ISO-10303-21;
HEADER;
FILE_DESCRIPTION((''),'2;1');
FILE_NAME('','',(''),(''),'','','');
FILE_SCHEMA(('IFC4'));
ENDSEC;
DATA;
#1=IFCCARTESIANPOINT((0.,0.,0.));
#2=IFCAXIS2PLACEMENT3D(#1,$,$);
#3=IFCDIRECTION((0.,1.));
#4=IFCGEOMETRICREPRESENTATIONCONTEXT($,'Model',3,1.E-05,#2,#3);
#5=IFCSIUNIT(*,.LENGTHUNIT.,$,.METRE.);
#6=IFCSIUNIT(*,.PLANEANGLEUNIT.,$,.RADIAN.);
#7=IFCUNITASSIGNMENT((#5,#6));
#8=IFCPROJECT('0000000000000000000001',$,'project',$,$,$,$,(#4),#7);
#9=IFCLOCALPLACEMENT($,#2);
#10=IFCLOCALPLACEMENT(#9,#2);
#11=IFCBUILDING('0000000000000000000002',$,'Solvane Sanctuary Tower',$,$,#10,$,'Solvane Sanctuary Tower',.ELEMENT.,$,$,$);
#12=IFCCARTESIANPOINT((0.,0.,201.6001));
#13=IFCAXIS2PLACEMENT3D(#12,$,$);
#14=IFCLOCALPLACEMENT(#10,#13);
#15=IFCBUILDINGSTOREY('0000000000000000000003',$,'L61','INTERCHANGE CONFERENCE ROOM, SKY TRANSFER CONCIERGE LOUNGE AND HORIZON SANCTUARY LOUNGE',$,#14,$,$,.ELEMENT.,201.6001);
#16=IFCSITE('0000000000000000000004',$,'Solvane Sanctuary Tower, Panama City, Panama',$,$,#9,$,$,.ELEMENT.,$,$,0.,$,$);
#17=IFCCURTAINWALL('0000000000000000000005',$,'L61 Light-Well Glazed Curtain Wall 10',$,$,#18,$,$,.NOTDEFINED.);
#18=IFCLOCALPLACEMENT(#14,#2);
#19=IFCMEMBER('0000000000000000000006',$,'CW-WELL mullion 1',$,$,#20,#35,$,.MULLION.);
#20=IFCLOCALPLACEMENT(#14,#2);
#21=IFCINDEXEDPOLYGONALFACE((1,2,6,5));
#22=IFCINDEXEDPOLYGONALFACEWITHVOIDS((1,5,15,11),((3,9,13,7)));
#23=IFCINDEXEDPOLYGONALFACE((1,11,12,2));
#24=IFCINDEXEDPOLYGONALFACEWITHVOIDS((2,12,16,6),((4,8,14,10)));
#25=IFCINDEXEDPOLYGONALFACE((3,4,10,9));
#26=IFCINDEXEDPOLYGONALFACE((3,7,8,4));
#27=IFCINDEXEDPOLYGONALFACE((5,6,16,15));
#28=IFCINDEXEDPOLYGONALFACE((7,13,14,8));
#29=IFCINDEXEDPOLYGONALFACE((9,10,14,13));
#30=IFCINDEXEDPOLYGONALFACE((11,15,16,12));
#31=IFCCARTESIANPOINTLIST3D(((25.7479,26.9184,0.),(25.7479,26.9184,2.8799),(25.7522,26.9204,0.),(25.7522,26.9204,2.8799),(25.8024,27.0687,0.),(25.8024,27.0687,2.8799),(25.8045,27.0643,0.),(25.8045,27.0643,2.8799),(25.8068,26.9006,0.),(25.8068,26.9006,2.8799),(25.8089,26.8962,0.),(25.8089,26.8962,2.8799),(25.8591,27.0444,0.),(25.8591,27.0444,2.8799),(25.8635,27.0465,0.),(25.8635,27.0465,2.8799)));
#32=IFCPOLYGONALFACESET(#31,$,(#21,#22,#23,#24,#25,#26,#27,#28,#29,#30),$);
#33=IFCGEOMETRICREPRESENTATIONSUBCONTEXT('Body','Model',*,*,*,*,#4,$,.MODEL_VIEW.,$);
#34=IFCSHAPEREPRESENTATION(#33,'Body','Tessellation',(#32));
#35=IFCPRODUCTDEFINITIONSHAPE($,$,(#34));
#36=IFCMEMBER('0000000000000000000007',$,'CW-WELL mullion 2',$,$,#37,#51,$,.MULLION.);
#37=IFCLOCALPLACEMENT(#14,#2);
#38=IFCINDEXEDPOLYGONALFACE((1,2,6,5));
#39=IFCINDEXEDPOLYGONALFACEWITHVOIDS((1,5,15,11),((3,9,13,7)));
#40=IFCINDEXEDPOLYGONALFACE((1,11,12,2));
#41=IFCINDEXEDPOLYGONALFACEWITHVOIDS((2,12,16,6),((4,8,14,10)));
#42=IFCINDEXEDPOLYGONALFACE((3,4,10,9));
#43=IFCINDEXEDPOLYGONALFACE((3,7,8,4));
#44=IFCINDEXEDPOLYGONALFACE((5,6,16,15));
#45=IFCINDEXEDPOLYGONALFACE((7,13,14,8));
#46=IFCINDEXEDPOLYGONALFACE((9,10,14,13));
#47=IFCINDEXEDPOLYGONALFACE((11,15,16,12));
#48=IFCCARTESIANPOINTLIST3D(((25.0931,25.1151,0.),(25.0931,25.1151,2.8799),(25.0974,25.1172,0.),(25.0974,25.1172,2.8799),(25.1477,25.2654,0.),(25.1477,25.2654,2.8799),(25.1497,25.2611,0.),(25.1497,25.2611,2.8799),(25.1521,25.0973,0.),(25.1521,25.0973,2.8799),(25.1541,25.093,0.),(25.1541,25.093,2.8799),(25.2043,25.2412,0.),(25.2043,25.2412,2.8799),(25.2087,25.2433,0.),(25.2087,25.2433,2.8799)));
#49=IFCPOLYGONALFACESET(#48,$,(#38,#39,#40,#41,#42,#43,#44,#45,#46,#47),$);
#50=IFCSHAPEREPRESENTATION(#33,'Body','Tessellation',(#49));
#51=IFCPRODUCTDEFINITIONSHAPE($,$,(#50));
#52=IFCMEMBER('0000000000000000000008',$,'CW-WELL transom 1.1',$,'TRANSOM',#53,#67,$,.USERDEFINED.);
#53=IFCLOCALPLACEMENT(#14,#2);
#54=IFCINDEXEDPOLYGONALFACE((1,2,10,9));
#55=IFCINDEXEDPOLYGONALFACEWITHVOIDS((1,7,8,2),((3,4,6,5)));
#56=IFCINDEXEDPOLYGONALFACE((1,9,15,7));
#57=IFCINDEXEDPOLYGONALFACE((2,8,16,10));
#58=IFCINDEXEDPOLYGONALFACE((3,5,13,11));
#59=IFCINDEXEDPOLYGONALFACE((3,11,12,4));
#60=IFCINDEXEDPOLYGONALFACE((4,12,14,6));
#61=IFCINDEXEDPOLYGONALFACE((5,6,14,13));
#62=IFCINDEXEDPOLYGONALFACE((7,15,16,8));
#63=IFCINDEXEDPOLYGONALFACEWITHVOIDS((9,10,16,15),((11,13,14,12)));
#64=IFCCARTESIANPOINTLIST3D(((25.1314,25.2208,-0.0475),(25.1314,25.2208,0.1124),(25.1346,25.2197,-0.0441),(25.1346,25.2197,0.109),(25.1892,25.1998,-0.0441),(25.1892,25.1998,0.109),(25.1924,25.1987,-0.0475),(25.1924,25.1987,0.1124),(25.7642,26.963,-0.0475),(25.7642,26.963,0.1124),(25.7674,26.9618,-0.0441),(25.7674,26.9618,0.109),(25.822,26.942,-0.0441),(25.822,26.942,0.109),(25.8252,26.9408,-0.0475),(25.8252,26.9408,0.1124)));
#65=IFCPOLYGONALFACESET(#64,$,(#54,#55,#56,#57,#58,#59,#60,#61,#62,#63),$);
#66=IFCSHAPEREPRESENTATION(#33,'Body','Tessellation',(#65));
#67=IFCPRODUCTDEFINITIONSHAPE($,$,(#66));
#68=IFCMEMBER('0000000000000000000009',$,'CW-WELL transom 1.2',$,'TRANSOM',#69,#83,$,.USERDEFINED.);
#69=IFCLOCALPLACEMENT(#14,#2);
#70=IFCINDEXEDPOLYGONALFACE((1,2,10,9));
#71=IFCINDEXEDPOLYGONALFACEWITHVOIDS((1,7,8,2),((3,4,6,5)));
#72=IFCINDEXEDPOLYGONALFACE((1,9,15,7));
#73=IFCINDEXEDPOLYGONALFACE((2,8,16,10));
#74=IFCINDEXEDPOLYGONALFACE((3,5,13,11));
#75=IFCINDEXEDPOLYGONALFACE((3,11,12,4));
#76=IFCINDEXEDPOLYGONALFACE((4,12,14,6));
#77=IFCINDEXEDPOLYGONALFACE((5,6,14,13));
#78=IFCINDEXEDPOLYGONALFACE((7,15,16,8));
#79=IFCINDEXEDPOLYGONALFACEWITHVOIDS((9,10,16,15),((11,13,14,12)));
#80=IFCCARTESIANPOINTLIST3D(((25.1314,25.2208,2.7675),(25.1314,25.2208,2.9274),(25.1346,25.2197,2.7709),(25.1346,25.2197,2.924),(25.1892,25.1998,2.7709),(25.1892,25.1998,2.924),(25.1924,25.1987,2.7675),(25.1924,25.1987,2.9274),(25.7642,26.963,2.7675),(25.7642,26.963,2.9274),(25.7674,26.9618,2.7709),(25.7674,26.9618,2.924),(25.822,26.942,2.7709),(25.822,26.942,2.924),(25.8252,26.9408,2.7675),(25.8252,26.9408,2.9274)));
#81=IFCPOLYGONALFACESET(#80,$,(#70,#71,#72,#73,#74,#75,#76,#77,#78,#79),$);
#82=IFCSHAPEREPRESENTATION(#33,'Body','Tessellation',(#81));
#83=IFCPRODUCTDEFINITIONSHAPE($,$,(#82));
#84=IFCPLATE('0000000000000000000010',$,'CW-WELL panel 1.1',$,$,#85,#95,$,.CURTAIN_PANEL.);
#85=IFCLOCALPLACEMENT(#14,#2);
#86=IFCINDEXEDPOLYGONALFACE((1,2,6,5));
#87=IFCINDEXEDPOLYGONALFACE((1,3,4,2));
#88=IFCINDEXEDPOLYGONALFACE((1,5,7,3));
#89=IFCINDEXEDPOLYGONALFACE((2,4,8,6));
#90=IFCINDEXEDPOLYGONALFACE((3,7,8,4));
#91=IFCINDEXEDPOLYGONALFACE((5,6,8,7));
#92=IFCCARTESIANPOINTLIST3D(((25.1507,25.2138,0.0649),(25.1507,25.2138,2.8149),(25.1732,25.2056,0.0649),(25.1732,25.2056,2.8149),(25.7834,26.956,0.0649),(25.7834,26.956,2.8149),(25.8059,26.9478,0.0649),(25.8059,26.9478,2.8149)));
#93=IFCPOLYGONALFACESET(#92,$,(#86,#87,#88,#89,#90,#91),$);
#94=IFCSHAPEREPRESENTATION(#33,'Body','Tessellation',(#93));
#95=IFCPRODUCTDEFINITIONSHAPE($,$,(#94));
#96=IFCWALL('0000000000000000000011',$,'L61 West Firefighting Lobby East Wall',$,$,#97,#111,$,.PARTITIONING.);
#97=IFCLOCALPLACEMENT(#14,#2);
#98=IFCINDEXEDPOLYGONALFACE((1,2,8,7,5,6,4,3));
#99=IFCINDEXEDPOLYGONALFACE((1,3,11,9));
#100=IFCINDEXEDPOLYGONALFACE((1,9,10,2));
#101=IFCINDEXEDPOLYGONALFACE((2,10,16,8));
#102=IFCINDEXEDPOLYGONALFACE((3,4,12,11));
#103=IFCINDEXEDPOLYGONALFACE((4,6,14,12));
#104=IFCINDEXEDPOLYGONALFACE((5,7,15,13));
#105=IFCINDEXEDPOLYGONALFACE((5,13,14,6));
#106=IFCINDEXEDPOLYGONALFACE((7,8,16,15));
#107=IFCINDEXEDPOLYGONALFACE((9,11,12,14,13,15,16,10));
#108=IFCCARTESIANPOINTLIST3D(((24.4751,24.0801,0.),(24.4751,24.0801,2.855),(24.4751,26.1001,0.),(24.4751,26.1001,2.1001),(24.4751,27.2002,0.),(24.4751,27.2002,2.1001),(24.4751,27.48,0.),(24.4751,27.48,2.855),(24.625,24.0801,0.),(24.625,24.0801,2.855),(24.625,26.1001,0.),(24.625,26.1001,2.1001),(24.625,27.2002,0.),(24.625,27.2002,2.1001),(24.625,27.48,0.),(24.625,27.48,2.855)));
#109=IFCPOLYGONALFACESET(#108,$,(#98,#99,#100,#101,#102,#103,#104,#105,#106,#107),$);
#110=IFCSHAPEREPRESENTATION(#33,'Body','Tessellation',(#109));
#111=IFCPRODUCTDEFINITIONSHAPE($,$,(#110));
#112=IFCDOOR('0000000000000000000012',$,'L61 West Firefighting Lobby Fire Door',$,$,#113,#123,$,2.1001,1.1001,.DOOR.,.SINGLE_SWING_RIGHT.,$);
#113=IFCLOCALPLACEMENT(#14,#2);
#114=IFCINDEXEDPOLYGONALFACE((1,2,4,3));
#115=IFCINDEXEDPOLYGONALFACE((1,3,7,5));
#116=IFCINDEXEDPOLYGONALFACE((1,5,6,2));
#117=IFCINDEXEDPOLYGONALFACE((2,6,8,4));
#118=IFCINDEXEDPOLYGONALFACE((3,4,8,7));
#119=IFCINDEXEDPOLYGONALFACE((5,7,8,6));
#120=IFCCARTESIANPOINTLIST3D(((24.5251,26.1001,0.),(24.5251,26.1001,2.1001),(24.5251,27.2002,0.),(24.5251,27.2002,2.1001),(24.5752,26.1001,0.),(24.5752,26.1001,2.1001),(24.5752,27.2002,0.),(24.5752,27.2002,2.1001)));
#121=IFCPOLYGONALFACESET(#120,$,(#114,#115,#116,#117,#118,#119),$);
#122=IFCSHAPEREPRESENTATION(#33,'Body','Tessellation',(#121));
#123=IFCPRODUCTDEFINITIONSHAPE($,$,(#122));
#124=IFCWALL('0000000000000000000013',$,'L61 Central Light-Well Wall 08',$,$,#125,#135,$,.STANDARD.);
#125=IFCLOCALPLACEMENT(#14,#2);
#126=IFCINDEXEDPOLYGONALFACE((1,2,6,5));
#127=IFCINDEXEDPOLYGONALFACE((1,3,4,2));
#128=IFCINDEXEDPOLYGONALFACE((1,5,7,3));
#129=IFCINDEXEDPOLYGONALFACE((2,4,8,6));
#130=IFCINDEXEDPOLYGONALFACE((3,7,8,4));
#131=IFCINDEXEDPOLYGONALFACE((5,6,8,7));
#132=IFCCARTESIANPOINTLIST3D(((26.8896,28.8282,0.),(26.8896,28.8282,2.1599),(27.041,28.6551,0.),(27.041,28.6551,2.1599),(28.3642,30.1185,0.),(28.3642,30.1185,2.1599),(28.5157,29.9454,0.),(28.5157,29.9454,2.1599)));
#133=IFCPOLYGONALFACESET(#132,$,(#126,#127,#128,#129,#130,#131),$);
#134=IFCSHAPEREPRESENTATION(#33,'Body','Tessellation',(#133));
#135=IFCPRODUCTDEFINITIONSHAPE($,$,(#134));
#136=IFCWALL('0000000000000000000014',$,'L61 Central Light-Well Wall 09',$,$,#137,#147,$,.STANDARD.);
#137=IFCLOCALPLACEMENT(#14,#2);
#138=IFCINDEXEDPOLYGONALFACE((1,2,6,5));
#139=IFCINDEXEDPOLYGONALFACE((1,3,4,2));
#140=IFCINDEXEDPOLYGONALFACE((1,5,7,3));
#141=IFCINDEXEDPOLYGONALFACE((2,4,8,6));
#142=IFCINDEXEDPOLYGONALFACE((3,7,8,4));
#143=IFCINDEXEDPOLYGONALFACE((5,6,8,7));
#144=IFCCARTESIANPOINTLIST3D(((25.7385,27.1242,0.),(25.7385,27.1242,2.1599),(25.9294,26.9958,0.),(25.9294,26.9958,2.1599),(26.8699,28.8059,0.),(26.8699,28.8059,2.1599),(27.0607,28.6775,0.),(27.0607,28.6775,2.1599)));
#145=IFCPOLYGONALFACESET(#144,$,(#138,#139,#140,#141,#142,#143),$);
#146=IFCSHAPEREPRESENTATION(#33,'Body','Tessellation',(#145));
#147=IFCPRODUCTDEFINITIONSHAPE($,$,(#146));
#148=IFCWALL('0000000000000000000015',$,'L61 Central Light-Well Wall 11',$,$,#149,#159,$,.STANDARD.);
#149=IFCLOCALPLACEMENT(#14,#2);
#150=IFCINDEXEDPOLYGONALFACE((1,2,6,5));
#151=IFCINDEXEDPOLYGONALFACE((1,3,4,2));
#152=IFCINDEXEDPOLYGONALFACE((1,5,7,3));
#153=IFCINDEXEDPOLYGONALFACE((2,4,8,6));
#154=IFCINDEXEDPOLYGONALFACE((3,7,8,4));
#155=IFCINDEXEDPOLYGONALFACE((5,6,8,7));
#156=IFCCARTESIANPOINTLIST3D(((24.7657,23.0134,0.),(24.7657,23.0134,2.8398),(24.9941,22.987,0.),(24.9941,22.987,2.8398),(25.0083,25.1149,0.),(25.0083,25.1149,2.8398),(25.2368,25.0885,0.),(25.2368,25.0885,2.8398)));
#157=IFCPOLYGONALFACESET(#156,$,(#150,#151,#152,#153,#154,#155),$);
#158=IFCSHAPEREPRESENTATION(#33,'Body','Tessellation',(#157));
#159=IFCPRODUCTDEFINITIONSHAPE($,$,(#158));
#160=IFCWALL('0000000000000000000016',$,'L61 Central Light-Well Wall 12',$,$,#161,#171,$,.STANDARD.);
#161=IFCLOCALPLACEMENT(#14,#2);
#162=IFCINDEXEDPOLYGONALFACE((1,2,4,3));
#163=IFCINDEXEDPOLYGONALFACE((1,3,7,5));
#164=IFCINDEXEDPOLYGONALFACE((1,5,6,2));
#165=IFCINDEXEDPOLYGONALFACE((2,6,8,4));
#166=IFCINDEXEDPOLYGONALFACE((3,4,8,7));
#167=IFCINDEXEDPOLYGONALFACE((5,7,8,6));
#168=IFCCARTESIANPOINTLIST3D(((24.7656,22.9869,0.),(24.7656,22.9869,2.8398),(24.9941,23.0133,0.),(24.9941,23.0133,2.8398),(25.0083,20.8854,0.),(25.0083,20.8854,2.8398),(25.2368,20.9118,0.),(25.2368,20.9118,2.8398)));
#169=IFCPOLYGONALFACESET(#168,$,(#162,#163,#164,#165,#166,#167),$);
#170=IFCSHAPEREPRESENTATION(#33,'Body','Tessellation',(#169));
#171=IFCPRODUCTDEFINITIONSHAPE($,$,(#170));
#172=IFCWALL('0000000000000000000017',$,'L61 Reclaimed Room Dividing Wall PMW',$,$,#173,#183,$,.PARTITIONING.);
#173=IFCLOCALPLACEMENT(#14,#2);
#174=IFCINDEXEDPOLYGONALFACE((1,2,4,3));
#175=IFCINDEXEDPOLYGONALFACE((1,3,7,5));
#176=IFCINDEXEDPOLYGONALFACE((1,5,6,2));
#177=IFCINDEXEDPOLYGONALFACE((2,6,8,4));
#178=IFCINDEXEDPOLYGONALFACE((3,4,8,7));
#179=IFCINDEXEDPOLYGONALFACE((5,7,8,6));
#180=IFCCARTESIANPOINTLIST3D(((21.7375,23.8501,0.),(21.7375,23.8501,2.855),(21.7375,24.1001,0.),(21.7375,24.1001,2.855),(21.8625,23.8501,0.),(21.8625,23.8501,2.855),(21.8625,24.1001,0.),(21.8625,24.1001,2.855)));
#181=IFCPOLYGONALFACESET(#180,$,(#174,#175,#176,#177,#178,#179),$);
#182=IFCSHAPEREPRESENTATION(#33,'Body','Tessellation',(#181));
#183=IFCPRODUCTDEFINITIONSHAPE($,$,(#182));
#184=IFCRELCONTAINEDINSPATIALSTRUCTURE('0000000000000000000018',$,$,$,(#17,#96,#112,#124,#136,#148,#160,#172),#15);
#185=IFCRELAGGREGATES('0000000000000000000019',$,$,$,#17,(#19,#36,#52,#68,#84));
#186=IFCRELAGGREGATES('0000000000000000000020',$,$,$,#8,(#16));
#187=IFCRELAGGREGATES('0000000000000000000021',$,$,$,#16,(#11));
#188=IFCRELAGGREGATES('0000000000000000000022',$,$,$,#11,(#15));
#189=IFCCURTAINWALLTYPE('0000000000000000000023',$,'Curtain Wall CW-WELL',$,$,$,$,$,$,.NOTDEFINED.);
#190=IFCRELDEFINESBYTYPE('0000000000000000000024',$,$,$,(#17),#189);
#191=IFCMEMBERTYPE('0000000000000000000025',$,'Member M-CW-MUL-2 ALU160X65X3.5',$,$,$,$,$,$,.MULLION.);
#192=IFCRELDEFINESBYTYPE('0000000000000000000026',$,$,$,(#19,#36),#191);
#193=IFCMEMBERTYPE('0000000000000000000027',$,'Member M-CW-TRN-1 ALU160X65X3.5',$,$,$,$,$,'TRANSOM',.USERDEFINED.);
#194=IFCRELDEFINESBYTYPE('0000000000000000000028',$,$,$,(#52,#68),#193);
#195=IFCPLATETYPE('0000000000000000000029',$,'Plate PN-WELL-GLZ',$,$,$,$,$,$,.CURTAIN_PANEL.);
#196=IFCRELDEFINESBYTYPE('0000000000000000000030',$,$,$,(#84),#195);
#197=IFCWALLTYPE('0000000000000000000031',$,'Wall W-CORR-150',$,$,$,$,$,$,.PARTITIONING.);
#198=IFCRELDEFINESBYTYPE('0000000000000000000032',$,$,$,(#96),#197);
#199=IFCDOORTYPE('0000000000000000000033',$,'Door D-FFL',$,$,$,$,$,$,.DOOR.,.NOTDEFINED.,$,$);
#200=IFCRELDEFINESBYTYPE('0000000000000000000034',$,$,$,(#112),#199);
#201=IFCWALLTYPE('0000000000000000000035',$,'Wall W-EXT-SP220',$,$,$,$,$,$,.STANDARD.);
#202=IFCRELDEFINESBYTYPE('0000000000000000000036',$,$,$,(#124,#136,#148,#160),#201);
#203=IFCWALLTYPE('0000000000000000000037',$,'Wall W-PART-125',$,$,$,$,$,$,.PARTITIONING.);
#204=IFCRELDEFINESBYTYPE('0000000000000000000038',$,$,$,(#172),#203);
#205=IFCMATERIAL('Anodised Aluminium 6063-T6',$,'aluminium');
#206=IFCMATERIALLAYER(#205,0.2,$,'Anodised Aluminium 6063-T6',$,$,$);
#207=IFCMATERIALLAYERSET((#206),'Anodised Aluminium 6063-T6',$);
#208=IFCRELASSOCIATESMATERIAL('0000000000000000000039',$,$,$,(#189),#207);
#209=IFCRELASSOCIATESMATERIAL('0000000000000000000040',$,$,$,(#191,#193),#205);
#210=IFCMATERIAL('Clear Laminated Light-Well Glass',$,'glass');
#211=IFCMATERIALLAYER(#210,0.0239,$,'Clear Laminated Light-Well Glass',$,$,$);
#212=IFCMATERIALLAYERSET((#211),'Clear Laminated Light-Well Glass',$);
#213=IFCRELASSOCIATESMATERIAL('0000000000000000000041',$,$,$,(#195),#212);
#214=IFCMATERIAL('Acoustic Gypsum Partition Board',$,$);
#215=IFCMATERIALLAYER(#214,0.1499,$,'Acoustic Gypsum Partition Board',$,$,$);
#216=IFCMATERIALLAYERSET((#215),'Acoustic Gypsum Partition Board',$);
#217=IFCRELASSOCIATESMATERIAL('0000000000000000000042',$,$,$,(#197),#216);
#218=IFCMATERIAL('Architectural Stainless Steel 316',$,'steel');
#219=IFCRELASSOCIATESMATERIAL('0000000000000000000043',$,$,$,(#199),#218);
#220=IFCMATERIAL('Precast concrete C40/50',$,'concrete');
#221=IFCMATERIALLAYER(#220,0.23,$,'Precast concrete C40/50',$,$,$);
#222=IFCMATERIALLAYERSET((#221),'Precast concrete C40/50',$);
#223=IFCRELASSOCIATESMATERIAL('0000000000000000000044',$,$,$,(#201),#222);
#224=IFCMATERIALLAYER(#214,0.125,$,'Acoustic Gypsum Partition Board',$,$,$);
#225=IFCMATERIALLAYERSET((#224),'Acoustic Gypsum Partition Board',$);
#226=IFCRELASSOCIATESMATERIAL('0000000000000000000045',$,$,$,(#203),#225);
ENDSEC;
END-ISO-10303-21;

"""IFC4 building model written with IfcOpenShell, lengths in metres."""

from ifc_helpers import new_model, si_unit, direction, frame, frame_2d, origin, origin_2d, place, context, subcontext, project, spatial, rectangle, hollow_rectangle, extrude, material, layer, layer_set, material_profile, profile_set, type_object, element, fill, aggregate, save


model = new_model("IFC4")

# Units and contexts
model_context = context("Model", 3, precision=1e-05, world=origin(), true_north=direction((0.0, 1.0)))
body_context = subcontext(model_context, "Body", "Model", "MODEL_VIEW")
ifc_project = project(units=[si_unit("LENGTHUNIT", "METRE"), si_unit("PLANEANGLEUNIT", "RADIAN")], contexts=[model_context])

# Site, building, storey
site_placement = place(None, origin())
site = spatial("IfcSite", under=ifc_project, at=site_placement, Name="Solvane Sanctuary Tower, Panama City, Panama", CompositionType="ELEMENT", RefElevation=0.0)
building_placement = place(site_placement, origin())
building = spatial("IfcBuilding", under=site, at=building_placement, Name="Solvane Sanctuary Tower", LongName="Solvane Sanctuary Tower", CompositionType="ELEMENT")
storey_placement = place(building_placement, frame((0.0, 0.0, 201.6001)))
storey = spatial("IfcBuildingStorey", under=building, at=storey_placement, Name="L61", Description="INTERCHANGE CONFERENCE ROOM, SKY TRANSFER CONCIERGE LOUNGE AND HORIZON SANCTUARY LOUNGE", CompositionType="ELEMENT", Elevation=201.6001)

# Curtain wall, members, plate
ifc_material_1 = material(Name="Anodised Aluminium 6063-T6", Category="aluminium")
ifc_layer_1 = layer(ifc_material_1, 0.2, Name="Anodised Aluminium 6063-T6")
ifc_layer_set_1 = layer_set([ifc_layer_1], Name="Anodised Aluminium 6063-T6")
curtain_wall_type = type_object("IfcCurtainWallType", Name="Curtain Wall CW-WELL", PredefinedType="NOTDEFINED", material=ifc_layer_set_1)
curtain_wall_placement = place(storey_placement, origin())
curtain_wall = element("IfcCurtainWall", 1, at=curtain_wall_placement, inside=storey, type_object=curtain_wall_type, Name="L61 Light-Well Glazed Curtain Wall 10", PredefinedType="NOTDEFINED")
ifc_material_profile_1 = material_profile(ifc_material_1, hollow_rectangle(XDim=0.0649, YDim=0.1599, WallThickness=0.0034, at=origin_2d()), Name="ALU160X65X3.5")
ifc_profile_set_1 = profile_set([ifc_material_profile_1], Name="Anodised Aluminium 6063-T6")
member_type_1 = type_object("IfcMemberType", Name="Member M-CW-MUL-2 ALU160X65X3.5", PredefinedType="MULLION", material=ifc_profile_set_1)
member_1_placement = place(storey_placement, frame((25.8057, 26.9824, 0.0), z_axis=(0.0, 0.0, 1.0), x_axis=(0.939933, -0.341358, 0.0)))
member_1 = element("IfcMember", 2, at=member_1_placement, type_object=member_type_1, Name="CW-WELL mullion 1", PredefinedType="MULLION", context=body_context, shape_type="SweptSolid", body=[
    extrude(hollow_rectangle(XDim=0.0649, YDim=0.1599, WallThickness=0.0034, at=origin_2d()), origin(), (0.0, 0.0, 1.0), 2.8799),
])
member_2_placement = place(storey_placement, frame((25.1509, 25.1792, 0.0), z_axis=(0.0, 0.0, 1.0), x_axis=(0.939933, -0.341358, 0.0)))
member_2 = element("IfcMember", 3, at=member_2_placement, type_object=member_type_1, Name="CW-WELL mullion 2", PredefinedType="MULLION", context=body_context, shape_type="SweptSolid", body=[
    extrude(hollow_rectangle(XDim=0.0649, YDim=0.1599, WallThickness=0.0034, at=origin_2d()), origin(), (0.0, 0.0, 1.0), 2.8799),
])
ifc_material_profile_2 = material_profile(ifc_material_1, hollow_rectangle(XDim=0.0649, YDim=0.1599, WallThickness=0.0034, at=origin_2d()), Name="ALU160X65X3.5")
ifc_profile_set_2 = profile_set([ifc_material_profile_2], Name="Anodised Aluminium 6063-T6")
member_type_2 = type_object("IfcMemberType", Name="Member M-CW-TRN-1 ALU160X65X3.5", ElementType="TRANSOM", PredefinedType="USERDEFINED", material=ifc_profile_set_2)
member_3_placement = place(storey_placement, frame((25.7947, 26.9519, 0.0325), z_axis=(-0.341405, -0.939916, 0.0), x_axis=(0.939916, -0.341405, 0.0)))
member_3 = element("IfcMember", 4, at=member_3_placement, type_object=member_type_2, Name="CW-WELL transom 1.1", ObjectType="TRANSOM", PredefinedType="USERDEFINED", context=body_context, shape_type="SweptSolid", body=[
    extrude(hollow_rectangle(XDim=0.0649, YDim=0.1599, WallThickness=0.0034, at=origin_2d()), origin(), (0.0, 0.0, 1.0), 1.8535),
])
member_4_placement = place(storey_placement, frame((25.7947, 26.9519, 2.8474), z_axis=(-0.341405, -0.939916, 0.0), x_axis=(0.939916, -0.341405, 0.0)))
member_4 = element("IfcMember", 5, at=member_4_placement, type_object=member_type_2, Name="CW-WELL transom 1.2", ObjectType="TRANSOM", PredefinedType="USERDEFINED", context=body_context, shape_type="SweptSolid", body=[
    extrude(hollow_rectangle(XDim=0.0649, YDim=0.1599, WallThickness=0.0034, at=origin_2d()), origin(), (0.0, 0.0, 1.0), 1.8535),
])
ifc_material_2 = material(Name="Clear Laminated Light-Well Glass", Category="glass")
ifc_layer_2 = layer(ifc_material_2, 0.0239, Name="Clear Laminated Light-Well Glass")
ifc_layer_set_2 = layer_set([ifc_layer_2], Name="Clear Laminated Light-Well Glass")
plate_type = type_object("IfcPlateType", Name="Plate PN-WELL-GLZ", PredefinedType="CURTAIN_PANEL", material=ifc_layer_set_2)
plate_placement = place(storey_placement, frame((25.4783, 26.0808, 0.0649), z_axis=(0.0, 0.0, 1.0), x_axis=(-0.341358, -0.939933, 0.0)))
plate = element("IfcPlate", 6, at=plate_placement, type_object=plate_type, Name="CW-WELL panel 1.1", PredefinedType="CURTAIN_PANEL", context=body_context, shape_type="SweptSolid", body=[
    extrude(rectangle(XDim=1.8535, YDim=0.0239, at=origin_2d()), origin(), (0.0, 0.0, 1.0), 2.75),
])
aggregate(curtain_wall, [member_1, member_2, member_3, member_4, plate])

# Wall, opening, door
ifc_material_3 = material(Name="Acoustic Gypsum Partition Board")
ifc_layer_3 = layer(ifc_material_3, 0.1499, Name="Acoustic Gypsum Partition Board")
ifc_layer_set_3 = layer_set([ifc_layer_3], Name="Acoustic Gypsum Partition Board")
wall_type_1 = type_object("IfcWallType", Name="Wall W-CORR-150", PredefinedType="PARTITIONING", material=ifc_layer_set_3)
wall_1_placement = place(storey_placement, frame((24.55, 24.0801, 0.0), z_axis=(0.0, 0.0, 1.0), x_axis=(0.0, 1.0, 0.0)))
wall_1 = element("IfcWall", 7, at=wall_1_placement, inside=storey, type_object=wall_type_1, Name="L61 West Firefighting Lobby East Wall", PredefinedType="PARTITIONING", context=body_context, shape_type="SweptSolid", body=[
    extrude(rectangle(XDim=3.3999, YDim=0.1499, at=frame_2d((1.7, 0.0))), origin(), (0.0, 0.0, 1.0), 2.855),
])
opening_placement = place(wall_1_placement, frame((2.02, 0.0, 0.0)))
opening = element("IfcOpeningElement", 8, at=opening_placement, cuts=wall_1, PredefinedType="OPENING", context=body_context, shape_type="SweptSolid", body=[
    extrude(rectangle(XDim=1.1001, YDim=2.1001, at=frame_2d((0.55, 1.05))), frame((0.0, 0.085, 0.0), z_axis=(0.0, -1.0, 0.0), x_axis=(1.0, 0.0, 0.0)), (0.0, 0.0, 1.0), 0.1699),
])
ifc_material_4 = material(Name="Architectural Stainless Steel 316", Category="steel")
door_type = type_object("IfcDoorType", Name="Door D-FFL", OperationType="NOTDEFINED", PredefinedType="DOOR", material=ifc_material_4)
door_placement = place(opening_placement, origin())
door = element("IfcDoor", 9, at=door_placement, inside=storey, type_object=door_type, Name="L61 West Firefighting Lobby Fire Door", OperationType="SINGLE_SWING_RIGHT", OverallHeight=2.1001, OverallWidth=1.1001, PredefinedType="DOOR", context=body_context, shape_type="SweptSolid", body=[
    extrude(rectangle(XDim=1.1001, YDim=2.1001, at=frame_2d((0.55, 1.05))), frame((0.0, 0.0249, 0.0), z_axis=(0.0, -1.0, 0.0), x_axis=(1.0, 0.0, 0.0)), (0.0, 0.0, 1.0), 0.05),
])
fill(opening, door)

# Walls
ifc_material_5 = material(Name="Precast concrete C40/50", Category="concrete")
ifc_layer_4 = layer(ifc_material_5, 0.23, Name="Precast concrete C40/50")
ifc_layer_set_4 = layer_set([ifc_layer_4], Name="Precast concrete C40/50")
wall_type_2 = type_object("IfcWallType", Name="Wall W-EXT-SP220", PredefinedType="STANDARD", material=ifc_layer_set_4)
wall_2_placement = place(storey_placement, frame((28.4399, 30.032, 0.0), z_axis=(0.0, 0.0, 1.0), x_axis=(-0.752577, -0.658505, 0.0)))
element("IfcWall", 10, at=wall_2_placement, inside=storey, type_object=wall_type_2, Name="L61 Central Light-Well Wall 08", PredefinedType="STANDARD", context=body_context, shape_type="SweptSolid", body=[
    extrude(rectangle(XDim=1.9595, YDim=0.23, at=frame_2d((0.9797, 0.0))), origin(), (0.0, 0.0, 1.0), 2.1599),
])
wall_3_placement = place(storey_placement, frame((26.9653, 28.7417, 0.0), z_axis=(0.0, 0.0, 1.0), x_axis=(-0.558198, -0.829708, 0.0)))
element("IfcWall", 11, at=wall_3_placement, inside=storey, type_object=wall_type_2, Name="L61 Central Light-Well Wall 09", PredefinedType="STANDARD", context=body_context, shape_type="SweptSolid", body=[
    extrude(rectangle(XDim=2.0269, YDim=0.23, at=frame_2d((1.0134, 0.0))), origin(), (0.0, 0.0, 1.0), 2.1599),
])
for number, where, z_axis, x_axis, name in (
    (12, (25.1226, 25.1016, 0.0), (0.0, 0.0, 1.0), (-0.114712, -0.993399, 0.0), "L61 Central Light-Well Wall 11"),
    (13, (24.8799, 23.0, 0.0), (0.0, 0.0, 1.0), (0.114712, -0.993399, 0.0), "L61 Central Light-Well Wall 12"),
):
    element("IfcWall", number, at=place(storey_placement, frame(where, z_axis=z_axis, x_axis=x_axis)), inside=storey, type_object=wall_type_2, Name=name, PredefinedType="STANDARD", context=body_context, shape_type="SweptSolid", body=[
        extrude(rectangle(XDim=2.1155, YDim=0.23, at=frame_2d((1.0576, 0.0))), origin(), (0.0, 0.0, 1.0), 2.8398),
    ])
ifc_layer_5 = layer(ifc_material_3, 0.125, Name="Acoustic Gypsum Partition Board")
ifc_layer_set_5 = layer_set([ifc_layer_5], Name="Acoustic Gypsum Partition Board")
wall_type_3 = type_object("IfcWallType", Name="Wall W-PART-125", PredefinedType="PARTITIONING", material=ifc_layer_set_5)
wall_4_placement = place(storey_placement, frame((21.8, 23.8501, 0.0), z_axis=(0.0, 0.0, 1.0), x_axis=(0.0, 1.0, 0.0)))
element("IfcWall", 14, at=wall_4_placement, inside=storey, type_object=wall_type_3, Name="L61 Reclaimed Room Dividing Wall PMW", PredefinedType="PARTITIONING", context=body_context, shape_type="SweptSolid", body=[
    extrude(rectangle(XDim=0.25, YDim=0.125, at=frame_2d((0.125, 0.0))), origin(), (0.0, 0.0, 1.0), 2.855),
])

save(model, "model.ifc")
